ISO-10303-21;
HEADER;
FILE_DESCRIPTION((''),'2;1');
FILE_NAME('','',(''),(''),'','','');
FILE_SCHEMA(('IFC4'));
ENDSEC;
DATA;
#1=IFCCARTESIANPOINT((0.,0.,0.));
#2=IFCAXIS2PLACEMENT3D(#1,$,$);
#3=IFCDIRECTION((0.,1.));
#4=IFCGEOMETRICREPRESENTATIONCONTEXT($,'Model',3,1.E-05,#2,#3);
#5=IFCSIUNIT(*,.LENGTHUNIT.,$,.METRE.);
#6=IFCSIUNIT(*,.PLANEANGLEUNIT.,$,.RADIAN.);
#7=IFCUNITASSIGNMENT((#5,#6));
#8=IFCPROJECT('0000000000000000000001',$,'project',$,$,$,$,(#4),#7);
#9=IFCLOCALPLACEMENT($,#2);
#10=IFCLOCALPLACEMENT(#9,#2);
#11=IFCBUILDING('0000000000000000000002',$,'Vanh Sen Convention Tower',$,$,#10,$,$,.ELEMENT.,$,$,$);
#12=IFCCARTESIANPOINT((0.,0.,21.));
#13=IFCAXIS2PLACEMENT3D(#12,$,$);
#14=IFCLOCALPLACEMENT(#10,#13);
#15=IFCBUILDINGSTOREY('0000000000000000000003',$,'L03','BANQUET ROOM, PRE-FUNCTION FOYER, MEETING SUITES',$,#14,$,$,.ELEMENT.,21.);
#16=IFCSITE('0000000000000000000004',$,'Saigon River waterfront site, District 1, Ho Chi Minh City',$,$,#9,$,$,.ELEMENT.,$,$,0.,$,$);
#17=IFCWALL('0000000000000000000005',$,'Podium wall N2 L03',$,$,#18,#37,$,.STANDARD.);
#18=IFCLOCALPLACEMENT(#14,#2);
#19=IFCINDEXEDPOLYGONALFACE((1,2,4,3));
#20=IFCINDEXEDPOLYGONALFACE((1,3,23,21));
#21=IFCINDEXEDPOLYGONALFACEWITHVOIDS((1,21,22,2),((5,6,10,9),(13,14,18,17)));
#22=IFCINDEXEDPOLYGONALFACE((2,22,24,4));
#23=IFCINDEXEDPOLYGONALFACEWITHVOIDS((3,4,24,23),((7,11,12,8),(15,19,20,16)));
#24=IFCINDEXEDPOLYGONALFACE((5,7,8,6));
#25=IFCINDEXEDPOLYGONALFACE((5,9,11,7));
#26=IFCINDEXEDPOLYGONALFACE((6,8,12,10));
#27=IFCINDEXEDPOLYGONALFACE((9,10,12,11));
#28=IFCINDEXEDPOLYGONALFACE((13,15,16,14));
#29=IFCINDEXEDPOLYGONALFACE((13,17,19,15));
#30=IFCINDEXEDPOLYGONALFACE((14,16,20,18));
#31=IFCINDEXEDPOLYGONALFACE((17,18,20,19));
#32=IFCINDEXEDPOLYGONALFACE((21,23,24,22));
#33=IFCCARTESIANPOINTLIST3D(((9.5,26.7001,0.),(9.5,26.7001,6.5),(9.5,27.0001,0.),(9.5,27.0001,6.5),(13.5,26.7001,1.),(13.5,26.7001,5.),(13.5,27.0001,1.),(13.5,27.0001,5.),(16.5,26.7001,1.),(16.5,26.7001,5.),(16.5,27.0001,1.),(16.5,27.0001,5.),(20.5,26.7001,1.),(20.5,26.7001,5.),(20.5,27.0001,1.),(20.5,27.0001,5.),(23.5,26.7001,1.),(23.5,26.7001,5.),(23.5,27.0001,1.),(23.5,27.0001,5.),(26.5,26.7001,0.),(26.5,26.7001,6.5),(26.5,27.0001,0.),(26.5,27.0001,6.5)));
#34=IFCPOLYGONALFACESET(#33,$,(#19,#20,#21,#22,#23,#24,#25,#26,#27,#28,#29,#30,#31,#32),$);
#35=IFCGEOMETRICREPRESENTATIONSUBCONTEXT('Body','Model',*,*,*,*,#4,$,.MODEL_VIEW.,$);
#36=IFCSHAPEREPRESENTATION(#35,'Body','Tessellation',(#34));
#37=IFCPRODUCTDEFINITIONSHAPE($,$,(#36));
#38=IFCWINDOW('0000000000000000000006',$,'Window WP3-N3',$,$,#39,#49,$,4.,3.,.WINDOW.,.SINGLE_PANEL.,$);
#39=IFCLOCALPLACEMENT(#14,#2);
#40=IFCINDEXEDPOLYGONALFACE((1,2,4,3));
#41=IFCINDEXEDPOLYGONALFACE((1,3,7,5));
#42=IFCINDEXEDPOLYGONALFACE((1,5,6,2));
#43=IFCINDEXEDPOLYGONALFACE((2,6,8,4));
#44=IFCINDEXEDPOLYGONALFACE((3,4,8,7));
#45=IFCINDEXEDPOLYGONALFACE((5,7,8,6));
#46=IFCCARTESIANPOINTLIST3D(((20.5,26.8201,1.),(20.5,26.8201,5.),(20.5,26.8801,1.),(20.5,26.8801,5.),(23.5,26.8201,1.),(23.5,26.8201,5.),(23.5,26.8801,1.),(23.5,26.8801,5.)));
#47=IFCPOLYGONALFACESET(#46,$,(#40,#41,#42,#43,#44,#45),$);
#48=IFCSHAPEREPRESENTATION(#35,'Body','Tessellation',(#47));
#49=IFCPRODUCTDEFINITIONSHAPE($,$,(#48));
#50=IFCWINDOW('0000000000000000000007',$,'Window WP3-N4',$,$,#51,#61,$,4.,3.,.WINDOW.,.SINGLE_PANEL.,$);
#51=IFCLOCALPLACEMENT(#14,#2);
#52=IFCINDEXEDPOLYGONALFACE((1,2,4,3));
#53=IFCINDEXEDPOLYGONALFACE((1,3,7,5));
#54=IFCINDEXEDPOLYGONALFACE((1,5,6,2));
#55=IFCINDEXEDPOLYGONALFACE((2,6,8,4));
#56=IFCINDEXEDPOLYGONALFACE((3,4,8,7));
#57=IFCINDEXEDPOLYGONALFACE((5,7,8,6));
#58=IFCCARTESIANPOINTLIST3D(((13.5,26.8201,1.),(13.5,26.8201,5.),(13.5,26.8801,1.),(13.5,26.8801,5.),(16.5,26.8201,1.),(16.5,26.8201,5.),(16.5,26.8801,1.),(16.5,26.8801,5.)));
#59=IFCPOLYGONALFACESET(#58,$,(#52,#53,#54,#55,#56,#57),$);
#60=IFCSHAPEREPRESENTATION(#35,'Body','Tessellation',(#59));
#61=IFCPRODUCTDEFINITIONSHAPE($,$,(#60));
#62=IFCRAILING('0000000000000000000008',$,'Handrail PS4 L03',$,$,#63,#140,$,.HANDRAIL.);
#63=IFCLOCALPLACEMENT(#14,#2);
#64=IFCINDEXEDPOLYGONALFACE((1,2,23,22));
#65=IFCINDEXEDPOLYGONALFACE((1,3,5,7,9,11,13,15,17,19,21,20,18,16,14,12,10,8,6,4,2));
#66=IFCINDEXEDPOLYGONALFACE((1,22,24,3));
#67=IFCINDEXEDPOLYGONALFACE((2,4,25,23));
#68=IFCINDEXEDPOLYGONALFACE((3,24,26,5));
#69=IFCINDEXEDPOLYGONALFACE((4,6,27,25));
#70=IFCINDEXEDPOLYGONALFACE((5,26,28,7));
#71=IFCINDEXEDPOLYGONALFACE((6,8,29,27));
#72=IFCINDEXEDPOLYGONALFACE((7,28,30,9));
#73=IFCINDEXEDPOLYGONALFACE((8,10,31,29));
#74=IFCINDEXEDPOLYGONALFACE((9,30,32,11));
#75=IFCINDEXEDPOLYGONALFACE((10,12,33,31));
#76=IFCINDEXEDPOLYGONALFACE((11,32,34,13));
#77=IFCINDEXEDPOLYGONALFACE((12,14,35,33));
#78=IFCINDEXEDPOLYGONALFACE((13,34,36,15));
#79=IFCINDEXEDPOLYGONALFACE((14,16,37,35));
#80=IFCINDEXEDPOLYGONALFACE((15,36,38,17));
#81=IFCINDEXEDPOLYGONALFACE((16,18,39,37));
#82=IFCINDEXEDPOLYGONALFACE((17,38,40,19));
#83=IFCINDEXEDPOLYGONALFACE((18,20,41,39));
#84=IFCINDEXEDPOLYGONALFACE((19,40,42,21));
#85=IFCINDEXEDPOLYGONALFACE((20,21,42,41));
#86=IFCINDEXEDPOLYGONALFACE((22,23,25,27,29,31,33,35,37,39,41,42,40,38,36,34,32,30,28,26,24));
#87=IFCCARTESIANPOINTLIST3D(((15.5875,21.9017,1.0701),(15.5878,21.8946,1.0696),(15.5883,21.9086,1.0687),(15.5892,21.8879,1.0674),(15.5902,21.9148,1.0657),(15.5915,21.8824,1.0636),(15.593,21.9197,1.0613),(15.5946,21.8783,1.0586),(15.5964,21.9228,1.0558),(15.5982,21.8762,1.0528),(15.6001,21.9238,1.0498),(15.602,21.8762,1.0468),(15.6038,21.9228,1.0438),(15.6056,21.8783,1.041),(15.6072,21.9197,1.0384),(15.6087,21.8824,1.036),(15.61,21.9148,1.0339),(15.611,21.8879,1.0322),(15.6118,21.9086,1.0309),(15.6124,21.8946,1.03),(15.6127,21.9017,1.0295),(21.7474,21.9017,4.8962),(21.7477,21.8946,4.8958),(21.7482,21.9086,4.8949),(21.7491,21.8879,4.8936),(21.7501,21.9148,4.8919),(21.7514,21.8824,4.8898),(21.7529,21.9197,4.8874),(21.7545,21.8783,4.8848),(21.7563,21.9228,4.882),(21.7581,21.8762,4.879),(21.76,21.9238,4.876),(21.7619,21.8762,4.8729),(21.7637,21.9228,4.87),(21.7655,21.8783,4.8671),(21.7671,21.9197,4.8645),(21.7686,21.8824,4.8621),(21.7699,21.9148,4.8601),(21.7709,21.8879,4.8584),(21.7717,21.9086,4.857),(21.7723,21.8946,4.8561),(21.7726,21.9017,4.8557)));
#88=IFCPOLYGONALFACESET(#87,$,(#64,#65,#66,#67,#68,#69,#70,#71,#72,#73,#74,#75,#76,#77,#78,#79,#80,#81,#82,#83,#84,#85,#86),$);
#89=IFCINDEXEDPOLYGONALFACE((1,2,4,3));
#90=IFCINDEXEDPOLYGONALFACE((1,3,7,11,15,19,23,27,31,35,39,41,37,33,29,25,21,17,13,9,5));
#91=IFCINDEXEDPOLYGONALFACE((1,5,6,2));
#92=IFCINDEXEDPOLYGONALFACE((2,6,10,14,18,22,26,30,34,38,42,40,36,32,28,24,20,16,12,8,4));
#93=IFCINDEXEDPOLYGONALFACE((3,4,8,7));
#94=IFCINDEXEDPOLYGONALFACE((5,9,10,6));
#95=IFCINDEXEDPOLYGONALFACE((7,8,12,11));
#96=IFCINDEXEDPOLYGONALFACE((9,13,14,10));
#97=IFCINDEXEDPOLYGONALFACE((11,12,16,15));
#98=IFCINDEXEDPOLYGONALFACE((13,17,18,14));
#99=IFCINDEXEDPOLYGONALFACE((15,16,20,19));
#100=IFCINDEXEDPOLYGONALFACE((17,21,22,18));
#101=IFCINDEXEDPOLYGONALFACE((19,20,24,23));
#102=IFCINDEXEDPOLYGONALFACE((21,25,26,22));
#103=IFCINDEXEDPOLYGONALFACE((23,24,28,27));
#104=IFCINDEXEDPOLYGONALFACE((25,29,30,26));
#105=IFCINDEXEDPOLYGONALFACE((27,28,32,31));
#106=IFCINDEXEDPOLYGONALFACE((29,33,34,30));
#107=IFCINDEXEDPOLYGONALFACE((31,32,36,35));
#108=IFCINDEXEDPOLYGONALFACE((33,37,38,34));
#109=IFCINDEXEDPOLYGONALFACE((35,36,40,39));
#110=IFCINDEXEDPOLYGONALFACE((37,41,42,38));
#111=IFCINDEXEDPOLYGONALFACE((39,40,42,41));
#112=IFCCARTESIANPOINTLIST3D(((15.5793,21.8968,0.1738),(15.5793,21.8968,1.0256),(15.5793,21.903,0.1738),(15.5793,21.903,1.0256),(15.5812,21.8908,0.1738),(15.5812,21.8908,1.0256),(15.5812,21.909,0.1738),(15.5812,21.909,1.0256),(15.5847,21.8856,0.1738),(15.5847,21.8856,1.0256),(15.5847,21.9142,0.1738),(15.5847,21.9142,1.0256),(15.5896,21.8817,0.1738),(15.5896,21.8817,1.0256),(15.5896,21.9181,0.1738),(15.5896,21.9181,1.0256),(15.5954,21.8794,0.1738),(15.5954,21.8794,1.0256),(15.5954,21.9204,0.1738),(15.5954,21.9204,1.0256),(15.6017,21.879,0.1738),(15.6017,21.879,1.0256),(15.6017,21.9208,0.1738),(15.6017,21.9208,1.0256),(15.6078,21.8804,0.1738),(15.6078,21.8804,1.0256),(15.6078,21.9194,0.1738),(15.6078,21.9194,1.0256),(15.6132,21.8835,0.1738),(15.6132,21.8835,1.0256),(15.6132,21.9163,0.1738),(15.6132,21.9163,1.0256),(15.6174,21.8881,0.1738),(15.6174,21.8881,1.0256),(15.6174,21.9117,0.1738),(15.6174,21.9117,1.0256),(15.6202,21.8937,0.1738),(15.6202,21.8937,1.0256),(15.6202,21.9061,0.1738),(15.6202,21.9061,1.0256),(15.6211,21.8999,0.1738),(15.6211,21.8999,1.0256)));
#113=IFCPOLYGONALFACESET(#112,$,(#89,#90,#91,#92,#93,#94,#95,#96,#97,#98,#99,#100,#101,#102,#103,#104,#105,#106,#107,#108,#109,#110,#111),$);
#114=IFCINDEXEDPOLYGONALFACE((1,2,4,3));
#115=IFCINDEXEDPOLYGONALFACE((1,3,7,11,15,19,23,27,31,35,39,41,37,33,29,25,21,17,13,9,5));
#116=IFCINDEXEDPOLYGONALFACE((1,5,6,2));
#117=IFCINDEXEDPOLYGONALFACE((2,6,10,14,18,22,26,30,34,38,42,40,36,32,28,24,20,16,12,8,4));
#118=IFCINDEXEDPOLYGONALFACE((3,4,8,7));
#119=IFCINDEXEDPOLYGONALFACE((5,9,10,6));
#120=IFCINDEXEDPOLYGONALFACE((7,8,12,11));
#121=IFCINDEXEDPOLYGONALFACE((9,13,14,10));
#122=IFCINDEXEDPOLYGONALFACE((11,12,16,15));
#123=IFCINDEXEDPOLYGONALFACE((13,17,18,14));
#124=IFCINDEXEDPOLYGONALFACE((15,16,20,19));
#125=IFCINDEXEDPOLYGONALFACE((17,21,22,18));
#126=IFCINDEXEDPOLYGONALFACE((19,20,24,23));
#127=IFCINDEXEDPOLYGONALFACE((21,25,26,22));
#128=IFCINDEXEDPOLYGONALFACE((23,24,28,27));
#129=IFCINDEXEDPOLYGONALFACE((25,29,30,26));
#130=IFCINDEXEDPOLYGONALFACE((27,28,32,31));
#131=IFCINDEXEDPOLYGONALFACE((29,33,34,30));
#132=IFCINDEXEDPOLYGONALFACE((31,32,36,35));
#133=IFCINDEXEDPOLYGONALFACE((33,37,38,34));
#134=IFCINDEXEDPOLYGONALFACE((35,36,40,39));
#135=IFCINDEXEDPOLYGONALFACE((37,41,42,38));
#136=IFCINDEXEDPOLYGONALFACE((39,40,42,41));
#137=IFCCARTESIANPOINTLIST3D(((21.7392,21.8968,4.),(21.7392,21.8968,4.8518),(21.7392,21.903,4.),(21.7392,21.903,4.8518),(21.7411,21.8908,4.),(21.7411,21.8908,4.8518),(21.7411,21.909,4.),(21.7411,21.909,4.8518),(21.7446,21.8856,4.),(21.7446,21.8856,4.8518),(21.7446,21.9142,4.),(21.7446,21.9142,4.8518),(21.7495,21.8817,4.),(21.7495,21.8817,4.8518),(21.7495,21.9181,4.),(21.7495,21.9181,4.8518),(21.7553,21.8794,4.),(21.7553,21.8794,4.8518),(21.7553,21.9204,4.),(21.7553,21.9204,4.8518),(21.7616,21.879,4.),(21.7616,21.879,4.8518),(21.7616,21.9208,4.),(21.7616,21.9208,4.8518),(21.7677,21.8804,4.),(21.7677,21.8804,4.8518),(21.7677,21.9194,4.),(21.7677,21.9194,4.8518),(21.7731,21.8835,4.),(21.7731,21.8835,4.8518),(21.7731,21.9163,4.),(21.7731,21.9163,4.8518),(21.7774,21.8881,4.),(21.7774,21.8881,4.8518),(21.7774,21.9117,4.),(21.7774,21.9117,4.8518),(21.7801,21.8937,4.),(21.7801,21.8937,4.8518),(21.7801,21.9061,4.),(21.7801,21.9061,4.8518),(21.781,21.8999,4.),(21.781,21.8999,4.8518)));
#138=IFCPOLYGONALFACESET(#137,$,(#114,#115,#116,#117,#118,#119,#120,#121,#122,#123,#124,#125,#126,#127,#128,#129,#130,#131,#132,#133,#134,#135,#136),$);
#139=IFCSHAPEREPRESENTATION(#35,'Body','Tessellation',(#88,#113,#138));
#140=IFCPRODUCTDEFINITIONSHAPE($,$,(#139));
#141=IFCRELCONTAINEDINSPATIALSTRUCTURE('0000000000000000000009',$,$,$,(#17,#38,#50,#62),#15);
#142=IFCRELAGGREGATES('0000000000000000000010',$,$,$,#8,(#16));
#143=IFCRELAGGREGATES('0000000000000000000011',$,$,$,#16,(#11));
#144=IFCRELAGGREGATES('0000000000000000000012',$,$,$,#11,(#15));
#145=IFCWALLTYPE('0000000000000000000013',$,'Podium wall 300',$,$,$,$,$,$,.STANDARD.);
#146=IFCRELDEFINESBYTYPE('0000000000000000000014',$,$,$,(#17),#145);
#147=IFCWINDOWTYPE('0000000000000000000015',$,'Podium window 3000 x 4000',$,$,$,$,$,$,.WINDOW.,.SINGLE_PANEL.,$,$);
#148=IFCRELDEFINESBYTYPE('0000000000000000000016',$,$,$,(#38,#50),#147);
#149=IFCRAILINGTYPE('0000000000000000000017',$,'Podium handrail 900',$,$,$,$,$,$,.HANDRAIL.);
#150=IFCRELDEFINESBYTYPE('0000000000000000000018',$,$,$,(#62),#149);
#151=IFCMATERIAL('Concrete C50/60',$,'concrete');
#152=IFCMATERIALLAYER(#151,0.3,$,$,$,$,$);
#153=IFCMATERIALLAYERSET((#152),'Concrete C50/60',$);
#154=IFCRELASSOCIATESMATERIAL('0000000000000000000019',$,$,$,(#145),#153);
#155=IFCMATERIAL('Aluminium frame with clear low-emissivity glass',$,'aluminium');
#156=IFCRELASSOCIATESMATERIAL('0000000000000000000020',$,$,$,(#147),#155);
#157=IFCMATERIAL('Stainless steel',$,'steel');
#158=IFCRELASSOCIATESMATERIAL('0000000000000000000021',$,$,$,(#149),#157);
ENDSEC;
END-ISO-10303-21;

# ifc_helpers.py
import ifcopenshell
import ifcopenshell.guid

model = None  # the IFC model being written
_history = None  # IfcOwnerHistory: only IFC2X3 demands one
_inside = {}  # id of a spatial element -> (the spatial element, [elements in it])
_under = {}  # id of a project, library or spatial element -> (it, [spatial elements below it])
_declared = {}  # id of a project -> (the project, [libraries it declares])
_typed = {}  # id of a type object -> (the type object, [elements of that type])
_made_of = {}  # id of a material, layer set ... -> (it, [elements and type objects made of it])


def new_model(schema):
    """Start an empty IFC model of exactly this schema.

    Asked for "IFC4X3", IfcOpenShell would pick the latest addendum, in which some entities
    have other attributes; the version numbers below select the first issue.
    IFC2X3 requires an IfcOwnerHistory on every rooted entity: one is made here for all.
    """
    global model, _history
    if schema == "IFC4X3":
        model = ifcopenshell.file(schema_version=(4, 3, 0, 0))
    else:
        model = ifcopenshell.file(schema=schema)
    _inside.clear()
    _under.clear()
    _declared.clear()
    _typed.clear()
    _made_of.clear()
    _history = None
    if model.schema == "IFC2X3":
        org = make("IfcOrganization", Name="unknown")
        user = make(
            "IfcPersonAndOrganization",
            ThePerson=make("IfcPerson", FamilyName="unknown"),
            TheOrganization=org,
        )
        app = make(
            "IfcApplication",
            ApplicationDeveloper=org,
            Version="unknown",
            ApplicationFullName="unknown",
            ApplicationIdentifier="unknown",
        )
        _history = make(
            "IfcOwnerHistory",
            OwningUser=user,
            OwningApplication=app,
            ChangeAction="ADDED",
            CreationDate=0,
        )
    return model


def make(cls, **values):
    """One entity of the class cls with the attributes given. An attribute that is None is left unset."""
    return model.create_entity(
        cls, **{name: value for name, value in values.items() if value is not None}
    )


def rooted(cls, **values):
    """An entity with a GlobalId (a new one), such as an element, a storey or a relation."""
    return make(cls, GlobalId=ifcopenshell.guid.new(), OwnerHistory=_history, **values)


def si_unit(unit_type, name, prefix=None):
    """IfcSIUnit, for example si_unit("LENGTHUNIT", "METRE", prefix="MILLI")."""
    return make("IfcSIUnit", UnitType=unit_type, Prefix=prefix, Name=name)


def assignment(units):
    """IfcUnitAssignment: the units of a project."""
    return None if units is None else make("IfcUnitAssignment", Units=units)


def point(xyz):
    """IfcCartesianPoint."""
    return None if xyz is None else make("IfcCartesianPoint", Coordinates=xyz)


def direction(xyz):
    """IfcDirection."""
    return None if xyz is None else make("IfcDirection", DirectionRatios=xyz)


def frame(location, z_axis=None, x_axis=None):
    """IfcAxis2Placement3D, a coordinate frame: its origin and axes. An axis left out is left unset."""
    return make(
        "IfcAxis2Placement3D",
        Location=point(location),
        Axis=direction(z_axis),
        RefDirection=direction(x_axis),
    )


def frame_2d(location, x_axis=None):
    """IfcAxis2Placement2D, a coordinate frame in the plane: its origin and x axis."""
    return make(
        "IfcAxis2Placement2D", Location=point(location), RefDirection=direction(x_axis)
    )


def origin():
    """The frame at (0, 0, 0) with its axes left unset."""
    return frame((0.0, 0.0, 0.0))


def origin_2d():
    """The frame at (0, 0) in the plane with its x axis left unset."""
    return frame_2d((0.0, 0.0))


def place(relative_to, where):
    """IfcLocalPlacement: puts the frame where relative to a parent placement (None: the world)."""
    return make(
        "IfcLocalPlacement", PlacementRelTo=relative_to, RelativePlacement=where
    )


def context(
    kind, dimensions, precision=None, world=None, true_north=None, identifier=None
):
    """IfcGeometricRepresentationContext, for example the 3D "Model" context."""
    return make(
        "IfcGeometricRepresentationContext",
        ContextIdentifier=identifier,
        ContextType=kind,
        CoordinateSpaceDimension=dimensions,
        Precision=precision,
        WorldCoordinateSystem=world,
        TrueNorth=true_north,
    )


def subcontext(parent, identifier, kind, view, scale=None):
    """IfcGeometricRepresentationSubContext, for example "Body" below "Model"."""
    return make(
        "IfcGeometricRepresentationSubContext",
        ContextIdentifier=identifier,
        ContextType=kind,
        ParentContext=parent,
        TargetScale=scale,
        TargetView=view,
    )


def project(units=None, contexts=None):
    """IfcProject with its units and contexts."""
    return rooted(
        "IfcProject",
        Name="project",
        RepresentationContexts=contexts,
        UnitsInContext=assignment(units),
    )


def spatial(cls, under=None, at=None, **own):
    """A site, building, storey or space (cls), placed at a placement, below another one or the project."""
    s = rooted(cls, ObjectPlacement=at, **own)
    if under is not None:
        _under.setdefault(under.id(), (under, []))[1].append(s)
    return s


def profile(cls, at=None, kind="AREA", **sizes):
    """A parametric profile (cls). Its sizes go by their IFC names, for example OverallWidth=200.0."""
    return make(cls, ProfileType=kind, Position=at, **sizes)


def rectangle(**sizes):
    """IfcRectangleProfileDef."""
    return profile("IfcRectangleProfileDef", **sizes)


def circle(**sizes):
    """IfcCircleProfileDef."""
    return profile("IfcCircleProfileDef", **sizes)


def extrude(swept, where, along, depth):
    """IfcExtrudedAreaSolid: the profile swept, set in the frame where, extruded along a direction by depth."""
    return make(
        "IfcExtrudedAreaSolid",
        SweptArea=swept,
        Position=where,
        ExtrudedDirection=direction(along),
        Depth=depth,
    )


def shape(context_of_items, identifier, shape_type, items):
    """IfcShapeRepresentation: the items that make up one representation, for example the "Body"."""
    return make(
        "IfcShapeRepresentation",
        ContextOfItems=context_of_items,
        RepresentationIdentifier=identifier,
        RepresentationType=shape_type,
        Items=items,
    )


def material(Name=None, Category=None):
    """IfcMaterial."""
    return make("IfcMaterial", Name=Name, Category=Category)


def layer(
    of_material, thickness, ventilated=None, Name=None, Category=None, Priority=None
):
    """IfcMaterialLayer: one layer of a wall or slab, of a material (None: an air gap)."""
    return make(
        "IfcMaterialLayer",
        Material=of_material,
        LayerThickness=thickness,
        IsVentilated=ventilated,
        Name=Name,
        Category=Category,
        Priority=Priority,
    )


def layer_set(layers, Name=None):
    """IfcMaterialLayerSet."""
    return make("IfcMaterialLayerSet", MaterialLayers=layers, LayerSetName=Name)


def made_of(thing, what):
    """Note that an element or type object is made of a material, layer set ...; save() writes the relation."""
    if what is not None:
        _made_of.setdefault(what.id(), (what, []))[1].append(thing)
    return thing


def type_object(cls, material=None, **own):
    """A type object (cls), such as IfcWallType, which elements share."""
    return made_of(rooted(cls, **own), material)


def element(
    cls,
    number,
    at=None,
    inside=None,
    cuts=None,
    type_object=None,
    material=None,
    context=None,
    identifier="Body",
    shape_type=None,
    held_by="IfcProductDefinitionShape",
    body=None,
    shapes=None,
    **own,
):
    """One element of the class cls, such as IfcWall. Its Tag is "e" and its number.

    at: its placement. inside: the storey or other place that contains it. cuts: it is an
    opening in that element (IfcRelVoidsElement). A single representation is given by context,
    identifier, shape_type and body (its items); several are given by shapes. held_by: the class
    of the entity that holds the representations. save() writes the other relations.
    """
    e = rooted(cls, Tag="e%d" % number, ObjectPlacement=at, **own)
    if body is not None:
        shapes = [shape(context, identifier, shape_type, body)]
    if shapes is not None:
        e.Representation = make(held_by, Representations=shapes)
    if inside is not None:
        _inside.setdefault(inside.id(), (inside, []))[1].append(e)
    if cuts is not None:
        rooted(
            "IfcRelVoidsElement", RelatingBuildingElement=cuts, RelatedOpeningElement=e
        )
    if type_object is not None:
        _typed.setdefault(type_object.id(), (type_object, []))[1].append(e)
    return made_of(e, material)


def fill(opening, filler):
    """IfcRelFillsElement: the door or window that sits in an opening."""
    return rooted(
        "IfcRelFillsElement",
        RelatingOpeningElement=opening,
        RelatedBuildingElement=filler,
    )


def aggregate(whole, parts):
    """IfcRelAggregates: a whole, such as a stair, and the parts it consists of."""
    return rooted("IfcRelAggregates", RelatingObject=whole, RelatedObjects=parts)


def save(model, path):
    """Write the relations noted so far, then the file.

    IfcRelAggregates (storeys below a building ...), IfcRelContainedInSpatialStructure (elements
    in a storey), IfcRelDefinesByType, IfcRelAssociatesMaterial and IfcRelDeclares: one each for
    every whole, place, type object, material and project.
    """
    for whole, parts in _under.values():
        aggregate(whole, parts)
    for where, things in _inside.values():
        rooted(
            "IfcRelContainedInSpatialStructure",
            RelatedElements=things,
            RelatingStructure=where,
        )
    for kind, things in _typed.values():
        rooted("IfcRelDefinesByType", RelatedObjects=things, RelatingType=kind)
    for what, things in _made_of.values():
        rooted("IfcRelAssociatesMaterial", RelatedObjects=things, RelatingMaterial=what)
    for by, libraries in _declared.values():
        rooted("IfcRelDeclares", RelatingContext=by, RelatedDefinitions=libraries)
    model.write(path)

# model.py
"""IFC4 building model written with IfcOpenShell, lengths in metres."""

from ifc_helpers import new_model, si_unit, direction, frame, frame_2d, origin, origin_2d, place, context, subcontext, project, spatial, rectangle, circle, extrude, material, layer, layer_set, type_object, element, fill, save


model = new_model("IFC4")

# Units and contexts
model_context = context("Model", 3, precision=1e-05, world=origin(), true_north=direction((0.0, 1.0)))
body_context = subcontext(model_context, "Body", "Model", "MODEL_VIEW")
ifc_project = project(units=[si_unit("LENGTHUNIT", "METRE"), si_unit("PLANEANGLEUNIT", "RADIAN")], contexts=[model_context])

# Site, building, storey
site_placement = place(None, origin())
site = spatial("IfcSite", under=ifc_project, at=site_placement, Name="Saigon River waterfront site, District 1, Ho Chi Minh City", CompositionType="ELEMENT", RefElevation=0.0)
building_placement = place(site_placement, origin())
building = spatial("IfcBuilding", under=site, at=building_placement, Name="Vanh Sen Convention Tower", CompositionType="ELEMENT")
storey_placement = place(building_placement, frame((0.0, 0.0, 21.0)))
storey = spatial("IfcBuildingStorey", under=building, at=storey_placement, Name="L03", Description="BANQUET ROOM, PRE-FUNCTION FOYER, MEETING SUITES", CompositionType="ELEMENT", Elevation=21.0)

# Wall, openings, windows
ifc_material_1 = material(Name="Concrete C50/60", Category="concrete")
ifc_layer_1 = layer(ifc_material_1, 0.3)
ifc_layer_set_1 = layer_set([ifc_layer_1], Name="Concrete C50/60")
wall_type_1 = type_object("IfcWallType", Name="Podium wall 300", PredefinedType="STANDARD", material=ifc_layer_set_1)
wall_1_placement = place(storey_placement, frame((26.5, 26.8501, 0.0), z_axis=(0.0, 0.0, 1.0), x_axis=(-1.0, 0.0, 0.0)))
wall_1 = element("IfcWall", 1, at=wall_1_placement, inside=storey, type_object=wall_type_1, Name="Podium wall N2 L03", PredefinedType="STANDARD", context=body_context, shape_type="SweptSolid", body=[
    extrude(rectangle(XDim=17.0, YDim=0.3, at=frame_2d((8.5, 0.0))), origin(), (0.0, 0.0, 1.0), 6.5),
])
opening_1_placement = place(wall_1_placement, frame((3.0, 0.0, 1.0)))
opening_1 = element("IfcOpeningElement", 2, at=opening_1_placement, cuts=wall_1, PredefinedType="OPENING", context=body_context, shape_type="SweptSolid", body=[
    extrude(rectangle(XDim=3.0, YDim=4.0, at=frame_2d((1.5, 2.0))), frame((0.0, 0.1599, 0.0), z_axis=(0.0, -1.0, 0.0), x_axis=(1.0, 0.0, 0.0)), (0.0, 0.0, 1.0), 0.3201),
])
opening_2_placement = place(wall_1_placement, frame((10.0, 0.0, 1.0)))
opening_2 = element("IfcOpeningElement", 3, at=opening_2_placement, cuts=wall_1, PredefinedType="OPENING", context=body_context, shape_type="SweptSolid", body=[
    extrude(rectangle(XDim=3.0, YDim=4.0, at=frame_2d((1.5, 2.0))), frame((0.0, 0.1599, 0.0), z_axis=(0.0, -1.0, 0.0), x_axis=(1.0, 0.0, 0.0)), (0.0, 0.0, 1.0), 0.3201),
])
ifc_material_2 = material(Name="Aluminium frame with clear low-emissivity glass", Category="aluminium")
window_type = type_object("IfcWindowType", Name="Podium window 3000 x 4000", PartitioningType="SINGLE_PANEL", PredefinedType="WINDOW", material=ifc_material_2)
window_1_placement = place(opening_1_placement, origin())
window_1 = element("IfcWindow", 4, at=window_1_placement, inside=storey, type_object=window_type, Name="Window WP3-N3", OverallHeight=4.0, OverallWidth=3.0, PartitioningType="SINGLE_PANEL", PredefinedType="WINDOW", context=body_context, shape_type="SweptSolid", body=[
    extrude(rectangle(XDim=3.0, YDim=4.0, at=frame_2d((1.5, 2.0))), frame((0.0, 0.03, 0.0), z_axis=(0.0, -1.0, 0.0), x_axis=(1.0, 0.0, 0.0)), (0.0, 0.0, 1.0), 0.0601),
])
fill(opening_1, window_1)
window_2_placement = place(opening_2_placement, origin())
window_2 = element("IfcWindow", 5, at=window_2_placement, inside=storey, type_object=window_type, Name="Window WP3-N4", OverallHeight=4.0, OverallWidth=3.0, PartitioningType="SINGLE_PANEL", PredefinedType="WINDOW", context=body_context, shape_type="SweptSolid", body=[
    extrude(rectangle(XDim=3.0, YDim=4.0, at=frame_2d((1.5, 2.0))), frame((0.0, 0.03, 0.0), z_axis=(0.0, -1.0, 0.0), x_axis=(1.0, 0.0, 0.0)), (0.0, 0.0, 1.0), 0.0601),
])
fill(opening_2, window_2)

# Railing
ifc_material_3 = material(Name="Stainless steel", Category="steel")
railing_type = type_object("IfcRailingType", Name="Podium handrail 900", PredefinedType="HANDRAIL", material=ifc_material_3)
for number, where, name in (
    (6, (15.6001, 21.8999, 0.1738), "Handrail PS4 L03"),
):
    element("IfcRailing", number, at=place(storey_placement, frame(where)), inside=storey, type_object=railing_type, Name=name, PredefinedType="HANDRAIL", context=body_context, shape_type="SweptSolid", body=[
        extrude(circle(Radius=0.0239, at=origin_2d()), frame((0.0, 0.0, 0.876), z_axis=(0.849468, 0.0, 0.527639), x_axis=(0.0, 1.0, 0.0)), (0.0, 0.0, 1.0), 7.2515),
        extrude(circle(Radius=0.021, at=origin_2d()), origin(), (0.0, 0.0, 1.0), 0.8518),
        extrude(circle(Radius=0.021, at=origin_2d()), frame((6.1599, 0.0, 3.8262)), (0.0, 0.0, 1.0), 0.8518),
    ])

save(model, "model.ifc")
